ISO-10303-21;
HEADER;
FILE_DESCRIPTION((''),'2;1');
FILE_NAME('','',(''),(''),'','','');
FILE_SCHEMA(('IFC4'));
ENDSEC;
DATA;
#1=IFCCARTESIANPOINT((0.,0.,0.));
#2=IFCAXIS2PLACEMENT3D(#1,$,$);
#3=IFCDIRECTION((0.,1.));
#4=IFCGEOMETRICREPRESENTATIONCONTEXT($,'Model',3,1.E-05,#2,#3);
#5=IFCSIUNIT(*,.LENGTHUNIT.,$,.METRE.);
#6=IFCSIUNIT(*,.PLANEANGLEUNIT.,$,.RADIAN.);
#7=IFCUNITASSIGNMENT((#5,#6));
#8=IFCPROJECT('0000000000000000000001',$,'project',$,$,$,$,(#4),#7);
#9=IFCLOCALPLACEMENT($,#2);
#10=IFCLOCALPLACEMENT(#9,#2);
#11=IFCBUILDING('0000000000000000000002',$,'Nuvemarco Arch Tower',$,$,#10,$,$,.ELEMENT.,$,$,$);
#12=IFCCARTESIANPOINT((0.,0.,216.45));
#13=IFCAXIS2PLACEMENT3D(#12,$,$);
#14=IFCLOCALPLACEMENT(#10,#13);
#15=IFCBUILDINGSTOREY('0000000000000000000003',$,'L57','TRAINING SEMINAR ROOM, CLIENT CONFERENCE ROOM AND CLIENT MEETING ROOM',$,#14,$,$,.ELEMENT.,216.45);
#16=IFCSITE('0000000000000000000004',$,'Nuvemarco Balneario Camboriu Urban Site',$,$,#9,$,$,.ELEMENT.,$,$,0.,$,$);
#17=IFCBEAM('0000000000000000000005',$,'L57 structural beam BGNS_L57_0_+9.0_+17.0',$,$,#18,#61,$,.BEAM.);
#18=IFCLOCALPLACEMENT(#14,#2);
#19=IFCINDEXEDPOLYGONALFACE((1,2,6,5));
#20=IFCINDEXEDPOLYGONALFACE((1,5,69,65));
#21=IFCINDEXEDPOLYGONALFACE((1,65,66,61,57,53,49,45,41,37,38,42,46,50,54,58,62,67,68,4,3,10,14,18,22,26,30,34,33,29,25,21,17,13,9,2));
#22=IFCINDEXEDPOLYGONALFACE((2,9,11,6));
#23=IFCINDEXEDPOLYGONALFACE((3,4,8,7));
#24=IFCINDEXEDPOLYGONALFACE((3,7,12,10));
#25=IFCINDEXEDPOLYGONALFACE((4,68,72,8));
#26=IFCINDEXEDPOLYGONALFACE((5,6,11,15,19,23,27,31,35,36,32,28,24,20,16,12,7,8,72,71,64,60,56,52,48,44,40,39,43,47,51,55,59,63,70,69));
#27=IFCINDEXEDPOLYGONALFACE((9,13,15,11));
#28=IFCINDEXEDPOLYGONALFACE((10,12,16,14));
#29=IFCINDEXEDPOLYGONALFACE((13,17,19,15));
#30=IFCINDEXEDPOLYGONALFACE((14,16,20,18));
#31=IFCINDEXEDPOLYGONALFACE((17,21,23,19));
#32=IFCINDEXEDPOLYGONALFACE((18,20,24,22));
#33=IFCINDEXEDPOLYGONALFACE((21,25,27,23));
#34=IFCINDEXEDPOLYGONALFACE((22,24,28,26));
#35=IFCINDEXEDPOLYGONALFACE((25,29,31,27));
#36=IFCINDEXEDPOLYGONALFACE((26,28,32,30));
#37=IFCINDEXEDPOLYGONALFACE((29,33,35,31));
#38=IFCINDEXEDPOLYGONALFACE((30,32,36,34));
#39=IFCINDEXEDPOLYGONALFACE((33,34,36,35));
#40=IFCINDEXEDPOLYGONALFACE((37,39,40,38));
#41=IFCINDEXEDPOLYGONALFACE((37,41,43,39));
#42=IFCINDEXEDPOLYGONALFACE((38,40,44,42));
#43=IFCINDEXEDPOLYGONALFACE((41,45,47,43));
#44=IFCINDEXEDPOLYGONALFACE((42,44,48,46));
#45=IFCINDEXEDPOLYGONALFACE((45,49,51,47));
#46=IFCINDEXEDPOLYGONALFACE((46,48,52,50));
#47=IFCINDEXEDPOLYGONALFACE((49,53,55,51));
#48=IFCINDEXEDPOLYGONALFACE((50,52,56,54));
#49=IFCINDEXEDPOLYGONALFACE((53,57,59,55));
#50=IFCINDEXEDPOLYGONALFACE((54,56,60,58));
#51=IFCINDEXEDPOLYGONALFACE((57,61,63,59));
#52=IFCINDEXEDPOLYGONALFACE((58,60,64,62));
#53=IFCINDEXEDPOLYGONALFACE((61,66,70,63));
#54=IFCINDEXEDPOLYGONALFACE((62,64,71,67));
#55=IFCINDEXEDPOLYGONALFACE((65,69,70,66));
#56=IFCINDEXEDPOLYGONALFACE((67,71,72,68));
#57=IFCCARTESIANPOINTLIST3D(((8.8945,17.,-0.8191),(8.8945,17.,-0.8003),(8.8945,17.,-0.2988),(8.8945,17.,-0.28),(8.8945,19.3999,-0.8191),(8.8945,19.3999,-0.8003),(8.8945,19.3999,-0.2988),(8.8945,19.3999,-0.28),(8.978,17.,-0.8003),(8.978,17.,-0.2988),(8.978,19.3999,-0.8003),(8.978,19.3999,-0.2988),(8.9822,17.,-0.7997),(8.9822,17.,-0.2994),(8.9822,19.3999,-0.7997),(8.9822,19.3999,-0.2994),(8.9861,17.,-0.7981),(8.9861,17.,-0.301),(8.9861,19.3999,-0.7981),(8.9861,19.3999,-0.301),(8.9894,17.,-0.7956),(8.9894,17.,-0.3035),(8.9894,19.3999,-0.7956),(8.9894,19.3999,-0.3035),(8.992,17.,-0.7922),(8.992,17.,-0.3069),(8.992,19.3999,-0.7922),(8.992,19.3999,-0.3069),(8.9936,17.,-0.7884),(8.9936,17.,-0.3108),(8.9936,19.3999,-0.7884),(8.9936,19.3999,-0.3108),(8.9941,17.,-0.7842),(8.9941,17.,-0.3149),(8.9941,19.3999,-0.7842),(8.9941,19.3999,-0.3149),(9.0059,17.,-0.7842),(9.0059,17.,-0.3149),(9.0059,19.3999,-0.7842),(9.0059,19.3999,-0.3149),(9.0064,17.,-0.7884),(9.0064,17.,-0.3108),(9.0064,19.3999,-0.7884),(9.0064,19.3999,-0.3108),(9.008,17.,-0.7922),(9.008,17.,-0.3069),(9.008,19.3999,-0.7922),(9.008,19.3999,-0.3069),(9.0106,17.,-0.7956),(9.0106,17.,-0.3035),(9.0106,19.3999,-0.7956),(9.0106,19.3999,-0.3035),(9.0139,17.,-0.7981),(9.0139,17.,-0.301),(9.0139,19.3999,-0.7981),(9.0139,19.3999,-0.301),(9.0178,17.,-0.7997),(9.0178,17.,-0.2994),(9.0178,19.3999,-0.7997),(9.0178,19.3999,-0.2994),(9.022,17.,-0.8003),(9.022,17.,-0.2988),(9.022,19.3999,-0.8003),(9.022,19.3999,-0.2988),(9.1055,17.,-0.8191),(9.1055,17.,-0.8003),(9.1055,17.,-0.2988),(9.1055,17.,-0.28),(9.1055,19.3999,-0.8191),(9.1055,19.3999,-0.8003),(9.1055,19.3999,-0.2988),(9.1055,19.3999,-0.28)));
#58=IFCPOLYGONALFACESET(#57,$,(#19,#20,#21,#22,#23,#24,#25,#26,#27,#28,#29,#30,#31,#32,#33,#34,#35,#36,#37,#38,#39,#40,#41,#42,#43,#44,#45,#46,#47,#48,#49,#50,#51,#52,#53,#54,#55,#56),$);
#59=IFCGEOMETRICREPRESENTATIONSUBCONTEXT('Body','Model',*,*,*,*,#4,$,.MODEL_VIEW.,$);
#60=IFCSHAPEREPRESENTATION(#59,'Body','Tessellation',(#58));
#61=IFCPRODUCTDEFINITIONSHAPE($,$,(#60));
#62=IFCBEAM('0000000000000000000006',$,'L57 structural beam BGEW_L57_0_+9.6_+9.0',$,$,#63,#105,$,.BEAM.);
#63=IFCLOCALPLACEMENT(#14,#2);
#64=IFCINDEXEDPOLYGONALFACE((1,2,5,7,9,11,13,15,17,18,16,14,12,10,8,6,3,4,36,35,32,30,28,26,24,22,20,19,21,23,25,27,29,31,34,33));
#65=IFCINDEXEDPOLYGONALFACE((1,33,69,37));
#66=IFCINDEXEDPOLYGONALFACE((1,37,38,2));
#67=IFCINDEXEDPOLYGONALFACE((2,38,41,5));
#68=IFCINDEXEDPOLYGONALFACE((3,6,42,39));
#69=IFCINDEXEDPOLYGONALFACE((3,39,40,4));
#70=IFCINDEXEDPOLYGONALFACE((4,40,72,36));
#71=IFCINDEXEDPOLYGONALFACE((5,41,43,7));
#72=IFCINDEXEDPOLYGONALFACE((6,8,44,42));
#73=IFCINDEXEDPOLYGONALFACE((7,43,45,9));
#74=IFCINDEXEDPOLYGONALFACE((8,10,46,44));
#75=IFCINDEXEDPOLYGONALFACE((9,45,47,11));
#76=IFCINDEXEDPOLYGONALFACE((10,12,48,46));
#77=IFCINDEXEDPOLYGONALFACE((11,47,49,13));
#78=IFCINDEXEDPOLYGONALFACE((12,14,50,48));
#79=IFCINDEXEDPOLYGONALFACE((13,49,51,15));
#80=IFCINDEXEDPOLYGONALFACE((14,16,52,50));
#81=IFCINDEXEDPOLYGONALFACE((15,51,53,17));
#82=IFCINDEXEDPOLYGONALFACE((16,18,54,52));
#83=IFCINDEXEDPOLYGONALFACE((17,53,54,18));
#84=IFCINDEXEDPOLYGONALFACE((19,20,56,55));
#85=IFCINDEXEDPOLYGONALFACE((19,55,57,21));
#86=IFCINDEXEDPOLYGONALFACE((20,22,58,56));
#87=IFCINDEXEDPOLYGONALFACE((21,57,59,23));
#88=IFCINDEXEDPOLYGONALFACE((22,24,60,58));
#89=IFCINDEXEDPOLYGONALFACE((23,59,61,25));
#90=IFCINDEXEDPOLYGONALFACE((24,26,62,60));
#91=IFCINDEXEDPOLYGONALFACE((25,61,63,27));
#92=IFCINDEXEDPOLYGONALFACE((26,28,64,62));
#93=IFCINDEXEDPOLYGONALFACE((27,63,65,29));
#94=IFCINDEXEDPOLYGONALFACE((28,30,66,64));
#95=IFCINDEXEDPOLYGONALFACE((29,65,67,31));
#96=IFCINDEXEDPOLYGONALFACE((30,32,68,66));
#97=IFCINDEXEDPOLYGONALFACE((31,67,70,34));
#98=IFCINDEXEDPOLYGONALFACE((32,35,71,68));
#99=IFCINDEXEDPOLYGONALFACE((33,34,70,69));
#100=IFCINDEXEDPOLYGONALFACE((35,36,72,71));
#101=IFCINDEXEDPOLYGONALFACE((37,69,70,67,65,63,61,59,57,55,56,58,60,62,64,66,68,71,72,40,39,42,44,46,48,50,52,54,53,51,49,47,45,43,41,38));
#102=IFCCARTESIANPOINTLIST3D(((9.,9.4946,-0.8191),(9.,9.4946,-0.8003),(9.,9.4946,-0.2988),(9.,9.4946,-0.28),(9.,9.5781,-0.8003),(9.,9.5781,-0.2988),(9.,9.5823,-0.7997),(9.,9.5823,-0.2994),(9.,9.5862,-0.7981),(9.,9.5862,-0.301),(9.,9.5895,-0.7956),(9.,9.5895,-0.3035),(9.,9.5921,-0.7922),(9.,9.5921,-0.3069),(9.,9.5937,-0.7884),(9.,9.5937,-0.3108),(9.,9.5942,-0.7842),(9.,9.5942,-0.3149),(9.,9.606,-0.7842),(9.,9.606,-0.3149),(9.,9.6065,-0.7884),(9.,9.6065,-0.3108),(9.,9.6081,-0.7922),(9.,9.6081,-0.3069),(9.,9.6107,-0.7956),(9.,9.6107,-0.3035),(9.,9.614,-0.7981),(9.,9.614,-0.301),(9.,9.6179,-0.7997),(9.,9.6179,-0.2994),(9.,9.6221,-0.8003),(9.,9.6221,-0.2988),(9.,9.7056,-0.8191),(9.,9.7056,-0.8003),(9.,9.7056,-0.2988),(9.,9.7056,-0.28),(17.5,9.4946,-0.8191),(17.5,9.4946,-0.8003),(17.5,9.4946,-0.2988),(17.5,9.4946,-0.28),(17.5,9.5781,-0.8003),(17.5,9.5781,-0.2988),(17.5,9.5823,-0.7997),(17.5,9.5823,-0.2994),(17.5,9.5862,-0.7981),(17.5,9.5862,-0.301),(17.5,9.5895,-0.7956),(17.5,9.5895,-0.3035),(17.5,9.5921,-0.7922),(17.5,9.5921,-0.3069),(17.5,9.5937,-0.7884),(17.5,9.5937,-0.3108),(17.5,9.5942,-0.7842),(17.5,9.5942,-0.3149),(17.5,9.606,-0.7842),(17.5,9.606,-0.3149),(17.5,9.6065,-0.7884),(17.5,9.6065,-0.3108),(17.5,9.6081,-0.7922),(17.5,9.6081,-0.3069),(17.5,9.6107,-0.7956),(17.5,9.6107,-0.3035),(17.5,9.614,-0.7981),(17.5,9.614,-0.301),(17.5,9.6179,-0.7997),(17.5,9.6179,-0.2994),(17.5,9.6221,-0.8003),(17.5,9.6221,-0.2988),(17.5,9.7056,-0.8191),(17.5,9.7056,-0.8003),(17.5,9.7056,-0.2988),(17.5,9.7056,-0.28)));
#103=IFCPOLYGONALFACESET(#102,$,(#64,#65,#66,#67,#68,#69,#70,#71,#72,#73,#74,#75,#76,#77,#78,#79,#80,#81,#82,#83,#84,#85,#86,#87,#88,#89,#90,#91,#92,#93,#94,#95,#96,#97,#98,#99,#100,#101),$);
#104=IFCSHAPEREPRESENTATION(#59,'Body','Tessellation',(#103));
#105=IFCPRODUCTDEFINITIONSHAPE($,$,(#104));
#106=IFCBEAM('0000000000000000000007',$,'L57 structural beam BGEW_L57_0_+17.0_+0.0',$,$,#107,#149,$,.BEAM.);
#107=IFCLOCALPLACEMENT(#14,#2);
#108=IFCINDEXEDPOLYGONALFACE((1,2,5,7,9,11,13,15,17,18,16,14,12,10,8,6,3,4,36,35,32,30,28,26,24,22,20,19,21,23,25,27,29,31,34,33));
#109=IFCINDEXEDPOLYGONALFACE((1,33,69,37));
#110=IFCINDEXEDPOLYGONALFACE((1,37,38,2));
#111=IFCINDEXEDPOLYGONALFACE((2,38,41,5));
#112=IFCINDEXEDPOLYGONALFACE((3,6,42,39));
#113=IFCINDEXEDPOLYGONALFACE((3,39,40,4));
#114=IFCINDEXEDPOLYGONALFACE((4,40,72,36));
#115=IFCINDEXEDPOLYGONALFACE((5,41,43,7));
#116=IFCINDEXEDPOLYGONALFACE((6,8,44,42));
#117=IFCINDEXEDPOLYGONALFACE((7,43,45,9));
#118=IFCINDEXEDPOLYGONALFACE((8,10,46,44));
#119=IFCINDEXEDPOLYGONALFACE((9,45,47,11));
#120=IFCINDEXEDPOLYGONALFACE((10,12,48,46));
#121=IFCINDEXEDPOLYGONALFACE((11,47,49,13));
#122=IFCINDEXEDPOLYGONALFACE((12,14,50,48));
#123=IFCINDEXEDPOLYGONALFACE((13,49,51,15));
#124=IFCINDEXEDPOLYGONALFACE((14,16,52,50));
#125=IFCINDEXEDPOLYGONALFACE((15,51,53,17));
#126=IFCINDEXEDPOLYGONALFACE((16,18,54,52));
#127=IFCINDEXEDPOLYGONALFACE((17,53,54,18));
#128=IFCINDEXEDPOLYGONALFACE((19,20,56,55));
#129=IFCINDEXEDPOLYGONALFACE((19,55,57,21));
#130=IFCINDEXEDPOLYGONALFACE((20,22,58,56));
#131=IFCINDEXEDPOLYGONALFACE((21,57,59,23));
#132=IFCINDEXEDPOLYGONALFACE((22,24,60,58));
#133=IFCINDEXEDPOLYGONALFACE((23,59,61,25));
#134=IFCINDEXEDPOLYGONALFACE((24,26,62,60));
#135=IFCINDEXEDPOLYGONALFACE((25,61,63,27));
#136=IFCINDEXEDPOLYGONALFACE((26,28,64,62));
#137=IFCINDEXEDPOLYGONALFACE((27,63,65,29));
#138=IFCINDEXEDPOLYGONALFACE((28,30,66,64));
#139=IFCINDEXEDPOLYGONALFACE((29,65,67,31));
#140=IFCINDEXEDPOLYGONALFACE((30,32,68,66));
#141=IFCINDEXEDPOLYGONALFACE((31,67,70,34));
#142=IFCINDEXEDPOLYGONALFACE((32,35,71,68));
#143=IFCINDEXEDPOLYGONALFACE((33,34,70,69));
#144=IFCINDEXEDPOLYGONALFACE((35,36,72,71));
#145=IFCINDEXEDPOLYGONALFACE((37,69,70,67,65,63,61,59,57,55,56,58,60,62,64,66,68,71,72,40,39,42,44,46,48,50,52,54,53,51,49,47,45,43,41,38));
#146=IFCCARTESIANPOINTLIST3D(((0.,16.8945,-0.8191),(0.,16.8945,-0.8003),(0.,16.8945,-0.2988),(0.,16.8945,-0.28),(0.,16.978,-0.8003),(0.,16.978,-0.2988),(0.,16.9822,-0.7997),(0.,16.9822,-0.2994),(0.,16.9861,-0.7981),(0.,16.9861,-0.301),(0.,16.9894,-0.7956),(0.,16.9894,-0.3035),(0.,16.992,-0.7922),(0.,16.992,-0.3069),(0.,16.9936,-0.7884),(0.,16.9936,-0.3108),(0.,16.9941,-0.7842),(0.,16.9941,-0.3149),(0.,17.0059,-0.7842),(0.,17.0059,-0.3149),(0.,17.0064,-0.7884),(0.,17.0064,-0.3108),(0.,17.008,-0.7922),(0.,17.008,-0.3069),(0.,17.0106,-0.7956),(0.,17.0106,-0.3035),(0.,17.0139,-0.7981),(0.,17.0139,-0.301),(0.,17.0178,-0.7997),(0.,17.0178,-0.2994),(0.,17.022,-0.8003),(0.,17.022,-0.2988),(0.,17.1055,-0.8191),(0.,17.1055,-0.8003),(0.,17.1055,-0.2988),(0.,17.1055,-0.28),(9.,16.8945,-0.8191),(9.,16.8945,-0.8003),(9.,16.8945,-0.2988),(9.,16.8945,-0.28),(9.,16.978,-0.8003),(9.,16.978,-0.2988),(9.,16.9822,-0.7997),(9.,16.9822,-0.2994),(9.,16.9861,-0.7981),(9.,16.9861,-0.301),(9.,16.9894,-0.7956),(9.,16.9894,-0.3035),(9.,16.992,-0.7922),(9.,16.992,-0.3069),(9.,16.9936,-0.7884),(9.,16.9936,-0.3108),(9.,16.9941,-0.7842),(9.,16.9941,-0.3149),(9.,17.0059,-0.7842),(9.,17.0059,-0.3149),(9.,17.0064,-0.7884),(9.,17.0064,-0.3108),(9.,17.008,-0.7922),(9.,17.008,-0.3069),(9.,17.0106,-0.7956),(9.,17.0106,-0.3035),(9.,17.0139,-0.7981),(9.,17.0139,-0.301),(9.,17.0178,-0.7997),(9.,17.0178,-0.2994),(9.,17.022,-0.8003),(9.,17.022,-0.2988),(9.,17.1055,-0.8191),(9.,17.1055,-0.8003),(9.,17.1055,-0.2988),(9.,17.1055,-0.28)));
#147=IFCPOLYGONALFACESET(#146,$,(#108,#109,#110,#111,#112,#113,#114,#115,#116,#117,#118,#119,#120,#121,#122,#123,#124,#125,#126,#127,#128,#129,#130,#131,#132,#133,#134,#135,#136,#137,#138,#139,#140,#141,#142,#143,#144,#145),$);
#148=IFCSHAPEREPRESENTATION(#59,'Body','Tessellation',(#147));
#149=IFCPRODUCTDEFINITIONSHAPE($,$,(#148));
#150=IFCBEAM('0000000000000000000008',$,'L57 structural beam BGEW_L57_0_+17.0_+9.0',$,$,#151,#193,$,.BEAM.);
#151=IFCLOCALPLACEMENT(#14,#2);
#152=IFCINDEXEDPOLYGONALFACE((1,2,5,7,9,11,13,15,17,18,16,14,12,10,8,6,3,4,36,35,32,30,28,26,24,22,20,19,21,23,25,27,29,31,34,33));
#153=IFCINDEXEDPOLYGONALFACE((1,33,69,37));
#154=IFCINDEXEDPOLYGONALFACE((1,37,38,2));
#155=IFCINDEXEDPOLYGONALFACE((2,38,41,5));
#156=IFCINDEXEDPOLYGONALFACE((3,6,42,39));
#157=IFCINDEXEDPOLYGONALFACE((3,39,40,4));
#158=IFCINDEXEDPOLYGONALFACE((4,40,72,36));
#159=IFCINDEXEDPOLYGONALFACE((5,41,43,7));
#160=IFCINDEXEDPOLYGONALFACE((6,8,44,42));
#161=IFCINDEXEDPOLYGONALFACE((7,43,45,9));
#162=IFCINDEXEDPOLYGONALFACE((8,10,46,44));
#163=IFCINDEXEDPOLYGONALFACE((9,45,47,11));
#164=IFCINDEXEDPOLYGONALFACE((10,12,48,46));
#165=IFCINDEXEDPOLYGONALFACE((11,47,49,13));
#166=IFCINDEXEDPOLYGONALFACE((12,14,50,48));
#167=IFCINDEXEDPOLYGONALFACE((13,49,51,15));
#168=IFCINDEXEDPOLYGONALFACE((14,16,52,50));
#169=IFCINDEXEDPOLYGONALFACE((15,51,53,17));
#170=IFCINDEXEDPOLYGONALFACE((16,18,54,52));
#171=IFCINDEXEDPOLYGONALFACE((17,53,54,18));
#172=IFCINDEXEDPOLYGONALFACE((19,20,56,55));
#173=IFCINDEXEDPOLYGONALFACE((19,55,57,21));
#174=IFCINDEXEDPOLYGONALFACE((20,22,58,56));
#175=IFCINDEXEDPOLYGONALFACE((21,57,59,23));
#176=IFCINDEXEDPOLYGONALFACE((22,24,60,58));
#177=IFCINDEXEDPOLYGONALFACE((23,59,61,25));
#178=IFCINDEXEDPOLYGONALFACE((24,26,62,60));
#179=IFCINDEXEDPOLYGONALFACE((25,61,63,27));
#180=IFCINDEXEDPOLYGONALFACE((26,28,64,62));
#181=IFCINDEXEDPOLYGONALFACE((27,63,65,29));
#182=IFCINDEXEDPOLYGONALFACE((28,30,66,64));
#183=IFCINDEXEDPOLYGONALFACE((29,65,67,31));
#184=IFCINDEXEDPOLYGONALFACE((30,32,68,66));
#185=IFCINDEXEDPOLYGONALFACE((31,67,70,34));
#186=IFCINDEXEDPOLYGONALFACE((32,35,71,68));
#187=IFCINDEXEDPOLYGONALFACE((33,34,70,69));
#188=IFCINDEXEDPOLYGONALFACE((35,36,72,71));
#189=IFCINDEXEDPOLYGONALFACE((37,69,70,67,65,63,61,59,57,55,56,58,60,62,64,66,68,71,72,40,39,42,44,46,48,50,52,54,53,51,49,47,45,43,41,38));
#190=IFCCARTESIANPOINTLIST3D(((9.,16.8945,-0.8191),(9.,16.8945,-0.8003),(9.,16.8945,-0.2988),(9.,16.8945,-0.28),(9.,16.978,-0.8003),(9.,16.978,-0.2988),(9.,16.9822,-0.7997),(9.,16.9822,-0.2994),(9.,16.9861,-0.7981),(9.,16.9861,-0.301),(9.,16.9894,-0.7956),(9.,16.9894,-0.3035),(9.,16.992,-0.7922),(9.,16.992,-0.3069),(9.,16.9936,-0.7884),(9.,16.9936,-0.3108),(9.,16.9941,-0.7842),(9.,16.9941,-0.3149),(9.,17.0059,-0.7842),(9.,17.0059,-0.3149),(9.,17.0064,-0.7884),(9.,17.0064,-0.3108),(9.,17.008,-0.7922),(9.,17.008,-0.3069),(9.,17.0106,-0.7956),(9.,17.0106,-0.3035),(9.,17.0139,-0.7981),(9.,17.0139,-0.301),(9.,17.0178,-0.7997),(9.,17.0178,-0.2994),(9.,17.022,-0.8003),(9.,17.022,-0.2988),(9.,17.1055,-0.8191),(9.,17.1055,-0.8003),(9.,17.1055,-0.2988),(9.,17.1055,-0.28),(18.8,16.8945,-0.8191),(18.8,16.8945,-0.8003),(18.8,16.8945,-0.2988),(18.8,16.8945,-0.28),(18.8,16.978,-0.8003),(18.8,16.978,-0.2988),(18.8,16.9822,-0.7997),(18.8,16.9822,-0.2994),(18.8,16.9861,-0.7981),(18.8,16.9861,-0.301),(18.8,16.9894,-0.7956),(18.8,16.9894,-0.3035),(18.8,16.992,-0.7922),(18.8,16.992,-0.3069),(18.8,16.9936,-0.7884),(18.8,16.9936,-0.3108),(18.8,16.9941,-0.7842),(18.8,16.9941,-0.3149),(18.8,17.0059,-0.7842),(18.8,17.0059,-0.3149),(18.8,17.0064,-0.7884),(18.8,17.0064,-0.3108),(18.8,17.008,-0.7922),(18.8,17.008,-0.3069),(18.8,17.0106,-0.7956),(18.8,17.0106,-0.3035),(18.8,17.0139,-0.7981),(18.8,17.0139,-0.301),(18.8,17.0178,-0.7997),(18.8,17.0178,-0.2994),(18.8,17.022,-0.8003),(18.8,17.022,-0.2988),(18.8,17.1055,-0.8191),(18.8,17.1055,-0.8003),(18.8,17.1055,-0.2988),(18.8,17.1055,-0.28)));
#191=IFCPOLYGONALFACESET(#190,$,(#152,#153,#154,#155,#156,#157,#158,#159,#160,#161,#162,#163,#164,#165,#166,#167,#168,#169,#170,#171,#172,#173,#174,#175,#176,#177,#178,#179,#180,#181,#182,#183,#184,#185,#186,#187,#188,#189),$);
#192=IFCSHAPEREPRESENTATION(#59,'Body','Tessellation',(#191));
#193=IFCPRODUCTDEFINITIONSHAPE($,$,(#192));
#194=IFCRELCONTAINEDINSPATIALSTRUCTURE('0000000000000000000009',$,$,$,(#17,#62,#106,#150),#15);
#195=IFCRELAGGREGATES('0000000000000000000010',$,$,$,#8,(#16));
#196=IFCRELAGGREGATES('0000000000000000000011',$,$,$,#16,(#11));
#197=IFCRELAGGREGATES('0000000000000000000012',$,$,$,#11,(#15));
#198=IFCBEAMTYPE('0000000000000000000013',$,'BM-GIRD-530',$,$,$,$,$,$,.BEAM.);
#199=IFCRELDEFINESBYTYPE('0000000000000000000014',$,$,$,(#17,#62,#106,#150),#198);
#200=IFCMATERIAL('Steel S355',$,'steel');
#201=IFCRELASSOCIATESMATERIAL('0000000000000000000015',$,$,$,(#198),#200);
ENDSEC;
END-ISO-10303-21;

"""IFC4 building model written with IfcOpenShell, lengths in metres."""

from ifc_helpers import new_model, si_unit, direction, frame, origin, origin_2d, place, context, subcontext, project, spatial, i_section, extrude, material, material_profile, profile_set, type_object, element, save


model = new_model("IFC4")

# Units and contexts
model_context = context("Model", 3, precision=1e-05, world=origin(), true_north=direction((0.0, 1.0)))
body_context = subcontext(model_context, "Body", "Model", "MODEL_VIEW")
ifc_project = project(units=[si_unit("LENGTHUNIT", "METRE"), si_unit("PLANEANGLEUNIT", "RADIAN")], contexts=[model_context])

# Site, building, storey
site_placement = place(None, origin())
site = spatial("IfcSite", under=ifc_project, at=site_placement, Name="Nuvemarco Balneario Camboriu Urban Site", CompositionType="ELEMENT", RefElevation=0.0)
building_placement = place(site_placement, origin())
building = spatial("IfcBuilding", under=site, at=building_placement, Name="Nuvemarco Arch Tower", CompositionType="ELEMENT")
storey_placement = place(building_placement, frame((0.0, 0.0, 216.45)))
storey = spatial("IfcBuildingStorey", under=building, at=storey_placement, Name="L57", Description="TRAINING SEMINAR ROOM, CLIENT CONFERENCE ROOM AND CLIENT MEETING ROOM", CompositionType="ELEMENT", Elevation=216.45)

# Shared definitions
ifc_material_1 = material(Name="Steel S355", Category="steel")

# Beams
ifc_material_profile_1 = material_profile(ifc_material_1, i_section(OverallWidth=0.2109, OverallDepth=0.5391, WebThickness=0.0117, FlangeThickness=0.0188, FilletRadius=0.0161, at=origin_2d()), Name="W530x109")
ifc_profile_set_1 = profile_set([ifc_material_profile_1], Name="Steel S355")
beam_type_1 = type_object("IfcBeamType", Name="BM-GIRD-530", PredefinedType="BEAM", material=ifc_profile_set_1)
beam_1_placement = place(storey_placement, frame((9.0, 17.0, -0.5496), z_axis=(0.0, 1.0, 0.0), x_axis=(-1.0, 0.0, 0.0)))
element("IfcBeam", 1, at=beam_1_placement, inside=storey, type_object=beam_type_1, Name="L57 structural beam BGNS_L57_0_+9.0_+17.0", PredefinedType="BEAM", context=body_context, shape_type="SweptSolid", body=[
    extrude(i_section(OverallWidth=0.2109, OverallDepth=0.5391, WebThickness=0.0117, FlangeThickness=0.0188, FilletRadius=0.0161, at=origin_2d()), origin(), (0.0, 0.0, 1.0), 2.3999),
])
beam_2_placement = place(storey_placement, frame((9.0, 9.6001, -0.5496), z_axis=(1.0, 0.0, 0.0), x_axis=(0.0, 1.0, 0.0)))
element("IfcBeam", 2, at=beam_2_placement, inside=storey, type_object=beam_type_1, Name="L57 structural beam BGEW_L57_0_+9.6_+9.0", PredefinedType="BEAM", context=body_context, shape_type="SweptSolid", body=[
    extrude(i_section(OverallWidth=0.2109, OverallDepth=0.5391, WebThickness=0.0117, FlangeThickness=0.0188, FilletRadius=0.0161, at=origin_2d()), origin(), (0.0, 0.0, 1.0), 8.5),
])
beam_3_placement = place(storey_placement, frame((0.0, 17.0, -0.5496), z_axis=(1.0, 0.0, 0.0), x_axis=(0.0, 1.0, 0.0)))
element("IfcBeam", 3, at=beam_3_placement, inside=storey, type_object=beam_type_1, Name="L57 structural beam BGEW_L57_0_+17.0_+0.0", PredefinedType="BEAM", context=body_context, shape_type="SweptSolid", body=[
    extrude(i_section(OverallWidth=0.2109, OverallDepth=0.5391, WebThickness=0.0117, FlangeThickness=0.0188, FilletRadius=0.0161, at=origin_2d()), origin(), (0.0, 0.0, 1.0), 9.0),
])
beam_4_placement = place(storey_placement, frame((9.0, 17.0, -0.5496), z_axis=(1.0, 0.0, 0.0), x_axis=(0.0, 1.0, 0.0)))
element("IfcBeam", 4, at=beam_4_placement, inside=storey, type_object=beam_type_1, Name="L57 structural beam BGEW_L57_0_+17.0_+9.0", PredefinedType="BEAM", context=body_context, shape_type="SweptSolid", body=[
    extrude(i_section(OverallWidth=0.2109, OverallDepth=0.5391, WebThickness=0.0117, FlangeThickness=0.0188, FilletRadius=0.0161, at=origin_2d()), origin(), (0.0, 0.0, 1.0), 9.8),
])

save(model, "model.ifc")
